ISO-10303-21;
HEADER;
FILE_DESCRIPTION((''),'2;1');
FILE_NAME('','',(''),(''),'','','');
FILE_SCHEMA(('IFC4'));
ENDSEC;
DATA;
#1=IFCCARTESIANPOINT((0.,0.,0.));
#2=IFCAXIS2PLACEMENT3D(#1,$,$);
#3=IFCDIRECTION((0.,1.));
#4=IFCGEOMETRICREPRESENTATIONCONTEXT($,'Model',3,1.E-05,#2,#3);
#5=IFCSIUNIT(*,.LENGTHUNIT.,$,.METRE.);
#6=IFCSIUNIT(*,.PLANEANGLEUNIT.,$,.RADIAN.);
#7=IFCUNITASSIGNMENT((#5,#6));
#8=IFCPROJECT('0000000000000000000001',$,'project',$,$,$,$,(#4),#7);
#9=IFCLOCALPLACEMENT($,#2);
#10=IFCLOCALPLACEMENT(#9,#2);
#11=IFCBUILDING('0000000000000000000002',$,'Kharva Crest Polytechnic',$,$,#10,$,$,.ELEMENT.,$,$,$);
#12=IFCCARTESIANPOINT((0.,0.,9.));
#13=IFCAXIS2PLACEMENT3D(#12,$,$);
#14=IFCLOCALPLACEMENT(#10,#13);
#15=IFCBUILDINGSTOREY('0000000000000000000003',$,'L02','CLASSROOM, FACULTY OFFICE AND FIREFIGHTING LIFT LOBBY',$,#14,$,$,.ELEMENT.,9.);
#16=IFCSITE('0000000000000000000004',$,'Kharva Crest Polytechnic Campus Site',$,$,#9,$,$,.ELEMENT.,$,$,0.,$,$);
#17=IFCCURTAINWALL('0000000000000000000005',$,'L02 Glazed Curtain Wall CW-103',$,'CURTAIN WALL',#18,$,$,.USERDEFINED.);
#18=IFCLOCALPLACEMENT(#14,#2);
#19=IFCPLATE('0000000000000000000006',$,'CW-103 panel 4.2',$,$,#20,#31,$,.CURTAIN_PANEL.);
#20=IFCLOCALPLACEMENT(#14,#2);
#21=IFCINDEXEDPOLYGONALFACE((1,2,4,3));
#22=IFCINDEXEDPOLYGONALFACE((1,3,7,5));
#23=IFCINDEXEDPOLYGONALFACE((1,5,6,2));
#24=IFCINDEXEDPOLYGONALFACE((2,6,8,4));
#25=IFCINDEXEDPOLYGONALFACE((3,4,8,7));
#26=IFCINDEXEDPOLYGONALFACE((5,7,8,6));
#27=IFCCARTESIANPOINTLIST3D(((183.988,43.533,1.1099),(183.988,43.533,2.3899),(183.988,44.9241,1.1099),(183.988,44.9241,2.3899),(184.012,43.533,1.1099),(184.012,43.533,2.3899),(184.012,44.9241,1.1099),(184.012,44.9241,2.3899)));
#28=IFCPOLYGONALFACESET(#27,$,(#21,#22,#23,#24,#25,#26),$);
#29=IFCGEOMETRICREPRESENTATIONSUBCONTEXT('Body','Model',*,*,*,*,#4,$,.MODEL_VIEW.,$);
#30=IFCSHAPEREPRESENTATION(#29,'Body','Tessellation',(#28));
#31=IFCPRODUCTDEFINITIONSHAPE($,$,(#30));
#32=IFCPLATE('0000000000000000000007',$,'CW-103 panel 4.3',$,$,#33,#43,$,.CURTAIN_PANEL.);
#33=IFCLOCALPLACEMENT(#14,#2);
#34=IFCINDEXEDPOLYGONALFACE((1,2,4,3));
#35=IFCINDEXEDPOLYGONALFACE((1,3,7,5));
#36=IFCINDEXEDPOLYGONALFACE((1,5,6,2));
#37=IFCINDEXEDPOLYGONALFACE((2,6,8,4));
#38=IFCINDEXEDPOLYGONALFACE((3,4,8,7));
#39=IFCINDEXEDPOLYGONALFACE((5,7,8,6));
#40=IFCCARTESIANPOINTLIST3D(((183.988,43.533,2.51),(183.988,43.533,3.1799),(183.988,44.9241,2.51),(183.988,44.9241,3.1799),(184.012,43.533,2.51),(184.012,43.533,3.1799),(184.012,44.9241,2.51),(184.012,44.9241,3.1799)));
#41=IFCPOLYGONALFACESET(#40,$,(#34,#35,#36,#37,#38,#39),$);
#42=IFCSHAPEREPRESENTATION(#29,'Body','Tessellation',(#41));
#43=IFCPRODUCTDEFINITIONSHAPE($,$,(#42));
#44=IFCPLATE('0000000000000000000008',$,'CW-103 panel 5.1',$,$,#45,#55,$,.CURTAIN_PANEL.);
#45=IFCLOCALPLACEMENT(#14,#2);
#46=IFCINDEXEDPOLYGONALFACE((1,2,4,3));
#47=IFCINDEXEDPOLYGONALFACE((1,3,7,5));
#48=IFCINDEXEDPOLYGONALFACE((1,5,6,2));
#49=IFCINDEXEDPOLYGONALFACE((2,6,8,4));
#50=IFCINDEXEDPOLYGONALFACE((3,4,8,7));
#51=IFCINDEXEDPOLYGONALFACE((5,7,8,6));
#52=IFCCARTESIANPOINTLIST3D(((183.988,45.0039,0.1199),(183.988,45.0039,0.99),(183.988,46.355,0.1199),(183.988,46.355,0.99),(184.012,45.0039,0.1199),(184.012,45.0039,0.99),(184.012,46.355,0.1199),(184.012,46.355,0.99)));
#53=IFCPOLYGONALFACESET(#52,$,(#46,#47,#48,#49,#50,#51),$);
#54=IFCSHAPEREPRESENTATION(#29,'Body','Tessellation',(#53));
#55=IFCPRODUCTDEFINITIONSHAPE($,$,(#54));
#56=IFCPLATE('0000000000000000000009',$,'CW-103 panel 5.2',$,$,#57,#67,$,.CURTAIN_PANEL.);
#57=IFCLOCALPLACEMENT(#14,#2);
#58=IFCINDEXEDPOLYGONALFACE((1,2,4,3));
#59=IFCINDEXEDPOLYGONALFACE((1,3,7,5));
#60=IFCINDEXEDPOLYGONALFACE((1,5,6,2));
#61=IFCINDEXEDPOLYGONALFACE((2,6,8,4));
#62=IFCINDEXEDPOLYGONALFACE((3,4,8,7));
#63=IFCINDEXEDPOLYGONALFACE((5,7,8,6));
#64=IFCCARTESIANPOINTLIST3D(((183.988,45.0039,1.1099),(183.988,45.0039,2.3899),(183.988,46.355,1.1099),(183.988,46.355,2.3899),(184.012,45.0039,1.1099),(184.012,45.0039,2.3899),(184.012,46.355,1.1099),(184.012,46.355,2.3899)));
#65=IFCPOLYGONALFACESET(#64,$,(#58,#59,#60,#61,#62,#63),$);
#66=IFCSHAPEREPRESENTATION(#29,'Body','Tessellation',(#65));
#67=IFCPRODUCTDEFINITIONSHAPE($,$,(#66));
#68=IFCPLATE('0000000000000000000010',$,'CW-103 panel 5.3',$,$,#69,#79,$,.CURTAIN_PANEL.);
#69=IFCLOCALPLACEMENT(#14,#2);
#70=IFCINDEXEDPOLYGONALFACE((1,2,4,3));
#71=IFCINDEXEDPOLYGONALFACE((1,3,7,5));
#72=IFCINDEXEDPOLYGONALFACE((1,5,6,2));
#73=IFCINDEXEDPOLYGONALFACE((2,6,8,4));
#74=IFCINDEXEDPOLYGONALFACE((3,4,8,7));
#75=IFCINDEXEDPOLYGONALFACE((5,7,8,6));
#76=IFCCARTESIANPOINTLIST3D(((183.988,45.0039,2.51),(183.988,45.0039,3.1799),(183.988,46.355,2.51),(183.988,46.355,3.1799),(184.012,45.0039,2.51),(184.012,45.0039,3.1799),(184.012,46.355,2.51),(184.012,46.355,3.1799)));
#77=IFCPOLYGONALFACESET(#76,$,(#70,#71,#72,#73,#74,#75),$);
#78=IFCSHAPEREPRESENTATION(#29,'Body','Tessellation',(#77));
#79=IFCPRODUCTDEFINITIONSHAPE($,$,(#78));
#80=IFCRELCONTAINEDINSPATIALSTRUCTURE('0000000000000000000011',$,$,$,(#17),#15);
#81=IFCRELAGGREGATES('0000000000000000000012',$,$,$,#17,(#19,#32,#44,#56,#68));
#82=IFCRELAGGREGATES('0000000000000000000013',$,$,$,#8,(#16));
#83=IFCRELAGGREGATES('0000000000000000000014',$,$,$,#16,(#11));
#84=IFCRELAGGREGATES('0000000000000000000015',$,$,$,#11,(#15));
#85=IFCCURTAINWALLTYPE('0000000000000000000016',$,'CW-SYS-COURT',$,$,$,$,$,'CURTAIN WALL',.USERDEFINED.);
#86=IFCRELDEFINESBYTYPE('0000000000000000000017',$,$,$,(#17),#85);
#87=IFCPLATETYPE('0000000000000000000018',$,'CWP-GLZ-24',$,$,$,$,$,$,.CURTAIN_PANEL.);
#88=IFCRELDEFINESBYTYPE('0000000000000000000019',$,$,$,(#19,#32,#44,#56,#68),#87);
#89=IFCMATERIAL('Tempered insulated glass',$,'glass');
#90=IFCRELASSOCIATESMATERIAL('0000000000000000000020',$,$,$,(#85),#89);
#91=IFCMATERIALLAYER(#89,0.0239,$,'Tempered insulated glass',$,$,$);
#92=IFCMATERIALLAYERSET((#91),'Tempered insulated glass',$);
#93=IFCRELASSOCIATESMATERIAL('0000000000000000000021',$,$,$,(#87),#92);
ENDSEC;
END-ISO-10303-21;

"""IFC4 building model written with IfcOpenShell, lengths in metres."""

from ifc_helpers import new_model, si_unit, direction, frame, origin, origin_2d, place, context, subcontext, project, spatial, rectangle, extrude, material, layer, layer_set, type_object, element, aggregate, save


model = new_model("IFC4")

# Units and contexts
model_context = context("Model", 3, precision=1e-05, world=origin(), true_north=direction((0.0, 1.0)))
body_context = subcontext(model_context, "Body", "Model", "MODEL_VIEW")
ifc_project = project(units=[si_unit("LENGTHUNIT", "METRE"), si_unit("PLANEANGLEUNIT", "RADIAN")], contexts=[model_context])

# Site, building, storey
site_placement = place(None, origin())
site = spatial("IfcSite", under=ifc_project, at=site_placement, Name="Kharva Crest Polytechnic Campus Site", CompositionType="ELEMENT", RefElevation=0.0)
building_placement = place(site_placement, origin())
building = spatial("IfcBuilding", under=site, at=building_placement, Name="Kharva Crest Polytechnic", CompositionType="ELEMENT")
storey_placement = place(building_placement, frame((0.0, 0.0, 9.0)))
storey = spatial("IfcBuildingStorey", under=building, at=storey_placement, Name="L02", Description="CLASSROOM, FACULTY OFFICE AND FIREFIGHTING LIFT LOBBY", CompositionType="ELEMENT", Elevation=9.0)

# Curtain wall
ifc_material_1 = material(Name="Tempered insulated glass", Category="glass")
curtain_wall_type = type_object("IfcCurtainWallType", Name="CW-SYS-COURT", ElementType="CURTAIN WALL", PredefinedType="USERDEFINED", material=ifc_material_1)
curtain_wall_1_placement = place(storey_placement, origin())
curtain_wall_1 = element("IfcCurtainWall", 1, at=curtain_wall_1_placement, inside=storey, type_object=curtain_wall_type, Name="L02 Glazed Curtain Wall CW-103", ObjectType="CURTAIN WALL", PredefinedType="USERDEFINED")

# Plates
ifc_layer = layer(ifc_material_1, 0.0239, Name="Tempered insulated glass")
ifc_layer_set = layer_set([ifc_layer], Name="Tempered insulated glass")
plate_type = type_object("IfcPlateType", Name="CWP-GLZ-24", PredefinedType="CURTAIN_PANEL", material=ifc_layer_set)
plate_1_placement = place(storey_placement, frame((184.0, 44.2285, 1.1099), z_axis=(0.0, 0.0, 1.0), x_axis=(0.0, 1.0, 0.0)))
plate_1 = element("IfcPlate", 2, at=plate_1_placement, type_object=plate_type, Name="CW-103 panel 4.2", PredefinedType="CURTAIN_PANEL", context=body_context, shape_type="SweptSolid", body=[
    extrude(rectangle(XDim=1.3911, YDim=0.0239, at=origin_2d()), origin(), (0.0, 0.0, 1.0), 1.28),
])
plate_2_placement = place(storey_placement, frame((184.0, 44.2285, 2.51), z_axis=(0.0, 0.0, 1.0), x_axis=(0.0, 1.0, 0.0)))
plate_2 = element("IfcPlate", 3, at=plate_2_placement, type_object=plate_type, Name="CW-103 panel 4.3", PredefinedType="CURTAIN_PANEL", context=body_context, shape_type="SweptSolid", body=[
    extrude(rectangle(XDim=1.3911, YDim=0.0239, at=origin_2d()), origin(), (0.0, 0.0, 1.0), 0.6699),
])
plate_3_placement = place(storey_placement, frame((184.0, 45.6794, 0.1199), z_axis=(0.0, 0.0, 1.0), x_axis=(0.0, 1.0, 0.0)))
plate_3 = element("IfcPlate", 4, at=plate_3_placement, type_object=plate_type, Name="CW-103 panel 5.1", PredefinedType="CURTAIN_PANEL", context=body_context, shape_type="SweptSolid", body=[
    extrude(rectangle(XDim=1.3511, YDim=0.0239, at=origin_2d()), origin(), (0.0, 0.0, 1.0), 0.8701),
])
plate_4_placement = place(storey_placement, frame((184.0, 45.6794, 1.1099), z_axis=(0.0, 0.0, 1.0), x_axis=(0.0, 1.0, 0.0)))
plate_4 = element("IfcPlate", 5, at=plate_4_placement, type_object=plate_type, Name="CW-103 panel 5.2", PredefinedType="CURTAIN_PANEL", context=body_context, shape_type="SweptSolid", body=[
    extrude(rectangle(XDim=1.3511, YDim=0.0239, at=origin_2d()), origin(), (0.0, 0.0, 1.0), 1.28),
])
plate_5_placement = place(storey_placement, frame((184.0, 45.6794, 2.51), z_axis=(0.0, 0.0, 1.0), x_axis=(0.0, 1.0, 0.0)))
plate_5 = element("IfcPlate", 6, at=plate_5_placement, type_object=plate_type, Name="CW-103 panel 5.3", PredefinedType="CURTAIN_PANEL", context=body_context, shape_type="SweptSolid", body=[
    extrude(rectangle(XDim=1.3511, YDim=0.0239, at=origin_2d()), origin(), (0.0, 0.0, 1.0), 0.6699),
])
aggregate(curtain_wall_1, [plate_1, plate_2, plate_3, plate_4, plate_5])

save(model, "model.ifc")
